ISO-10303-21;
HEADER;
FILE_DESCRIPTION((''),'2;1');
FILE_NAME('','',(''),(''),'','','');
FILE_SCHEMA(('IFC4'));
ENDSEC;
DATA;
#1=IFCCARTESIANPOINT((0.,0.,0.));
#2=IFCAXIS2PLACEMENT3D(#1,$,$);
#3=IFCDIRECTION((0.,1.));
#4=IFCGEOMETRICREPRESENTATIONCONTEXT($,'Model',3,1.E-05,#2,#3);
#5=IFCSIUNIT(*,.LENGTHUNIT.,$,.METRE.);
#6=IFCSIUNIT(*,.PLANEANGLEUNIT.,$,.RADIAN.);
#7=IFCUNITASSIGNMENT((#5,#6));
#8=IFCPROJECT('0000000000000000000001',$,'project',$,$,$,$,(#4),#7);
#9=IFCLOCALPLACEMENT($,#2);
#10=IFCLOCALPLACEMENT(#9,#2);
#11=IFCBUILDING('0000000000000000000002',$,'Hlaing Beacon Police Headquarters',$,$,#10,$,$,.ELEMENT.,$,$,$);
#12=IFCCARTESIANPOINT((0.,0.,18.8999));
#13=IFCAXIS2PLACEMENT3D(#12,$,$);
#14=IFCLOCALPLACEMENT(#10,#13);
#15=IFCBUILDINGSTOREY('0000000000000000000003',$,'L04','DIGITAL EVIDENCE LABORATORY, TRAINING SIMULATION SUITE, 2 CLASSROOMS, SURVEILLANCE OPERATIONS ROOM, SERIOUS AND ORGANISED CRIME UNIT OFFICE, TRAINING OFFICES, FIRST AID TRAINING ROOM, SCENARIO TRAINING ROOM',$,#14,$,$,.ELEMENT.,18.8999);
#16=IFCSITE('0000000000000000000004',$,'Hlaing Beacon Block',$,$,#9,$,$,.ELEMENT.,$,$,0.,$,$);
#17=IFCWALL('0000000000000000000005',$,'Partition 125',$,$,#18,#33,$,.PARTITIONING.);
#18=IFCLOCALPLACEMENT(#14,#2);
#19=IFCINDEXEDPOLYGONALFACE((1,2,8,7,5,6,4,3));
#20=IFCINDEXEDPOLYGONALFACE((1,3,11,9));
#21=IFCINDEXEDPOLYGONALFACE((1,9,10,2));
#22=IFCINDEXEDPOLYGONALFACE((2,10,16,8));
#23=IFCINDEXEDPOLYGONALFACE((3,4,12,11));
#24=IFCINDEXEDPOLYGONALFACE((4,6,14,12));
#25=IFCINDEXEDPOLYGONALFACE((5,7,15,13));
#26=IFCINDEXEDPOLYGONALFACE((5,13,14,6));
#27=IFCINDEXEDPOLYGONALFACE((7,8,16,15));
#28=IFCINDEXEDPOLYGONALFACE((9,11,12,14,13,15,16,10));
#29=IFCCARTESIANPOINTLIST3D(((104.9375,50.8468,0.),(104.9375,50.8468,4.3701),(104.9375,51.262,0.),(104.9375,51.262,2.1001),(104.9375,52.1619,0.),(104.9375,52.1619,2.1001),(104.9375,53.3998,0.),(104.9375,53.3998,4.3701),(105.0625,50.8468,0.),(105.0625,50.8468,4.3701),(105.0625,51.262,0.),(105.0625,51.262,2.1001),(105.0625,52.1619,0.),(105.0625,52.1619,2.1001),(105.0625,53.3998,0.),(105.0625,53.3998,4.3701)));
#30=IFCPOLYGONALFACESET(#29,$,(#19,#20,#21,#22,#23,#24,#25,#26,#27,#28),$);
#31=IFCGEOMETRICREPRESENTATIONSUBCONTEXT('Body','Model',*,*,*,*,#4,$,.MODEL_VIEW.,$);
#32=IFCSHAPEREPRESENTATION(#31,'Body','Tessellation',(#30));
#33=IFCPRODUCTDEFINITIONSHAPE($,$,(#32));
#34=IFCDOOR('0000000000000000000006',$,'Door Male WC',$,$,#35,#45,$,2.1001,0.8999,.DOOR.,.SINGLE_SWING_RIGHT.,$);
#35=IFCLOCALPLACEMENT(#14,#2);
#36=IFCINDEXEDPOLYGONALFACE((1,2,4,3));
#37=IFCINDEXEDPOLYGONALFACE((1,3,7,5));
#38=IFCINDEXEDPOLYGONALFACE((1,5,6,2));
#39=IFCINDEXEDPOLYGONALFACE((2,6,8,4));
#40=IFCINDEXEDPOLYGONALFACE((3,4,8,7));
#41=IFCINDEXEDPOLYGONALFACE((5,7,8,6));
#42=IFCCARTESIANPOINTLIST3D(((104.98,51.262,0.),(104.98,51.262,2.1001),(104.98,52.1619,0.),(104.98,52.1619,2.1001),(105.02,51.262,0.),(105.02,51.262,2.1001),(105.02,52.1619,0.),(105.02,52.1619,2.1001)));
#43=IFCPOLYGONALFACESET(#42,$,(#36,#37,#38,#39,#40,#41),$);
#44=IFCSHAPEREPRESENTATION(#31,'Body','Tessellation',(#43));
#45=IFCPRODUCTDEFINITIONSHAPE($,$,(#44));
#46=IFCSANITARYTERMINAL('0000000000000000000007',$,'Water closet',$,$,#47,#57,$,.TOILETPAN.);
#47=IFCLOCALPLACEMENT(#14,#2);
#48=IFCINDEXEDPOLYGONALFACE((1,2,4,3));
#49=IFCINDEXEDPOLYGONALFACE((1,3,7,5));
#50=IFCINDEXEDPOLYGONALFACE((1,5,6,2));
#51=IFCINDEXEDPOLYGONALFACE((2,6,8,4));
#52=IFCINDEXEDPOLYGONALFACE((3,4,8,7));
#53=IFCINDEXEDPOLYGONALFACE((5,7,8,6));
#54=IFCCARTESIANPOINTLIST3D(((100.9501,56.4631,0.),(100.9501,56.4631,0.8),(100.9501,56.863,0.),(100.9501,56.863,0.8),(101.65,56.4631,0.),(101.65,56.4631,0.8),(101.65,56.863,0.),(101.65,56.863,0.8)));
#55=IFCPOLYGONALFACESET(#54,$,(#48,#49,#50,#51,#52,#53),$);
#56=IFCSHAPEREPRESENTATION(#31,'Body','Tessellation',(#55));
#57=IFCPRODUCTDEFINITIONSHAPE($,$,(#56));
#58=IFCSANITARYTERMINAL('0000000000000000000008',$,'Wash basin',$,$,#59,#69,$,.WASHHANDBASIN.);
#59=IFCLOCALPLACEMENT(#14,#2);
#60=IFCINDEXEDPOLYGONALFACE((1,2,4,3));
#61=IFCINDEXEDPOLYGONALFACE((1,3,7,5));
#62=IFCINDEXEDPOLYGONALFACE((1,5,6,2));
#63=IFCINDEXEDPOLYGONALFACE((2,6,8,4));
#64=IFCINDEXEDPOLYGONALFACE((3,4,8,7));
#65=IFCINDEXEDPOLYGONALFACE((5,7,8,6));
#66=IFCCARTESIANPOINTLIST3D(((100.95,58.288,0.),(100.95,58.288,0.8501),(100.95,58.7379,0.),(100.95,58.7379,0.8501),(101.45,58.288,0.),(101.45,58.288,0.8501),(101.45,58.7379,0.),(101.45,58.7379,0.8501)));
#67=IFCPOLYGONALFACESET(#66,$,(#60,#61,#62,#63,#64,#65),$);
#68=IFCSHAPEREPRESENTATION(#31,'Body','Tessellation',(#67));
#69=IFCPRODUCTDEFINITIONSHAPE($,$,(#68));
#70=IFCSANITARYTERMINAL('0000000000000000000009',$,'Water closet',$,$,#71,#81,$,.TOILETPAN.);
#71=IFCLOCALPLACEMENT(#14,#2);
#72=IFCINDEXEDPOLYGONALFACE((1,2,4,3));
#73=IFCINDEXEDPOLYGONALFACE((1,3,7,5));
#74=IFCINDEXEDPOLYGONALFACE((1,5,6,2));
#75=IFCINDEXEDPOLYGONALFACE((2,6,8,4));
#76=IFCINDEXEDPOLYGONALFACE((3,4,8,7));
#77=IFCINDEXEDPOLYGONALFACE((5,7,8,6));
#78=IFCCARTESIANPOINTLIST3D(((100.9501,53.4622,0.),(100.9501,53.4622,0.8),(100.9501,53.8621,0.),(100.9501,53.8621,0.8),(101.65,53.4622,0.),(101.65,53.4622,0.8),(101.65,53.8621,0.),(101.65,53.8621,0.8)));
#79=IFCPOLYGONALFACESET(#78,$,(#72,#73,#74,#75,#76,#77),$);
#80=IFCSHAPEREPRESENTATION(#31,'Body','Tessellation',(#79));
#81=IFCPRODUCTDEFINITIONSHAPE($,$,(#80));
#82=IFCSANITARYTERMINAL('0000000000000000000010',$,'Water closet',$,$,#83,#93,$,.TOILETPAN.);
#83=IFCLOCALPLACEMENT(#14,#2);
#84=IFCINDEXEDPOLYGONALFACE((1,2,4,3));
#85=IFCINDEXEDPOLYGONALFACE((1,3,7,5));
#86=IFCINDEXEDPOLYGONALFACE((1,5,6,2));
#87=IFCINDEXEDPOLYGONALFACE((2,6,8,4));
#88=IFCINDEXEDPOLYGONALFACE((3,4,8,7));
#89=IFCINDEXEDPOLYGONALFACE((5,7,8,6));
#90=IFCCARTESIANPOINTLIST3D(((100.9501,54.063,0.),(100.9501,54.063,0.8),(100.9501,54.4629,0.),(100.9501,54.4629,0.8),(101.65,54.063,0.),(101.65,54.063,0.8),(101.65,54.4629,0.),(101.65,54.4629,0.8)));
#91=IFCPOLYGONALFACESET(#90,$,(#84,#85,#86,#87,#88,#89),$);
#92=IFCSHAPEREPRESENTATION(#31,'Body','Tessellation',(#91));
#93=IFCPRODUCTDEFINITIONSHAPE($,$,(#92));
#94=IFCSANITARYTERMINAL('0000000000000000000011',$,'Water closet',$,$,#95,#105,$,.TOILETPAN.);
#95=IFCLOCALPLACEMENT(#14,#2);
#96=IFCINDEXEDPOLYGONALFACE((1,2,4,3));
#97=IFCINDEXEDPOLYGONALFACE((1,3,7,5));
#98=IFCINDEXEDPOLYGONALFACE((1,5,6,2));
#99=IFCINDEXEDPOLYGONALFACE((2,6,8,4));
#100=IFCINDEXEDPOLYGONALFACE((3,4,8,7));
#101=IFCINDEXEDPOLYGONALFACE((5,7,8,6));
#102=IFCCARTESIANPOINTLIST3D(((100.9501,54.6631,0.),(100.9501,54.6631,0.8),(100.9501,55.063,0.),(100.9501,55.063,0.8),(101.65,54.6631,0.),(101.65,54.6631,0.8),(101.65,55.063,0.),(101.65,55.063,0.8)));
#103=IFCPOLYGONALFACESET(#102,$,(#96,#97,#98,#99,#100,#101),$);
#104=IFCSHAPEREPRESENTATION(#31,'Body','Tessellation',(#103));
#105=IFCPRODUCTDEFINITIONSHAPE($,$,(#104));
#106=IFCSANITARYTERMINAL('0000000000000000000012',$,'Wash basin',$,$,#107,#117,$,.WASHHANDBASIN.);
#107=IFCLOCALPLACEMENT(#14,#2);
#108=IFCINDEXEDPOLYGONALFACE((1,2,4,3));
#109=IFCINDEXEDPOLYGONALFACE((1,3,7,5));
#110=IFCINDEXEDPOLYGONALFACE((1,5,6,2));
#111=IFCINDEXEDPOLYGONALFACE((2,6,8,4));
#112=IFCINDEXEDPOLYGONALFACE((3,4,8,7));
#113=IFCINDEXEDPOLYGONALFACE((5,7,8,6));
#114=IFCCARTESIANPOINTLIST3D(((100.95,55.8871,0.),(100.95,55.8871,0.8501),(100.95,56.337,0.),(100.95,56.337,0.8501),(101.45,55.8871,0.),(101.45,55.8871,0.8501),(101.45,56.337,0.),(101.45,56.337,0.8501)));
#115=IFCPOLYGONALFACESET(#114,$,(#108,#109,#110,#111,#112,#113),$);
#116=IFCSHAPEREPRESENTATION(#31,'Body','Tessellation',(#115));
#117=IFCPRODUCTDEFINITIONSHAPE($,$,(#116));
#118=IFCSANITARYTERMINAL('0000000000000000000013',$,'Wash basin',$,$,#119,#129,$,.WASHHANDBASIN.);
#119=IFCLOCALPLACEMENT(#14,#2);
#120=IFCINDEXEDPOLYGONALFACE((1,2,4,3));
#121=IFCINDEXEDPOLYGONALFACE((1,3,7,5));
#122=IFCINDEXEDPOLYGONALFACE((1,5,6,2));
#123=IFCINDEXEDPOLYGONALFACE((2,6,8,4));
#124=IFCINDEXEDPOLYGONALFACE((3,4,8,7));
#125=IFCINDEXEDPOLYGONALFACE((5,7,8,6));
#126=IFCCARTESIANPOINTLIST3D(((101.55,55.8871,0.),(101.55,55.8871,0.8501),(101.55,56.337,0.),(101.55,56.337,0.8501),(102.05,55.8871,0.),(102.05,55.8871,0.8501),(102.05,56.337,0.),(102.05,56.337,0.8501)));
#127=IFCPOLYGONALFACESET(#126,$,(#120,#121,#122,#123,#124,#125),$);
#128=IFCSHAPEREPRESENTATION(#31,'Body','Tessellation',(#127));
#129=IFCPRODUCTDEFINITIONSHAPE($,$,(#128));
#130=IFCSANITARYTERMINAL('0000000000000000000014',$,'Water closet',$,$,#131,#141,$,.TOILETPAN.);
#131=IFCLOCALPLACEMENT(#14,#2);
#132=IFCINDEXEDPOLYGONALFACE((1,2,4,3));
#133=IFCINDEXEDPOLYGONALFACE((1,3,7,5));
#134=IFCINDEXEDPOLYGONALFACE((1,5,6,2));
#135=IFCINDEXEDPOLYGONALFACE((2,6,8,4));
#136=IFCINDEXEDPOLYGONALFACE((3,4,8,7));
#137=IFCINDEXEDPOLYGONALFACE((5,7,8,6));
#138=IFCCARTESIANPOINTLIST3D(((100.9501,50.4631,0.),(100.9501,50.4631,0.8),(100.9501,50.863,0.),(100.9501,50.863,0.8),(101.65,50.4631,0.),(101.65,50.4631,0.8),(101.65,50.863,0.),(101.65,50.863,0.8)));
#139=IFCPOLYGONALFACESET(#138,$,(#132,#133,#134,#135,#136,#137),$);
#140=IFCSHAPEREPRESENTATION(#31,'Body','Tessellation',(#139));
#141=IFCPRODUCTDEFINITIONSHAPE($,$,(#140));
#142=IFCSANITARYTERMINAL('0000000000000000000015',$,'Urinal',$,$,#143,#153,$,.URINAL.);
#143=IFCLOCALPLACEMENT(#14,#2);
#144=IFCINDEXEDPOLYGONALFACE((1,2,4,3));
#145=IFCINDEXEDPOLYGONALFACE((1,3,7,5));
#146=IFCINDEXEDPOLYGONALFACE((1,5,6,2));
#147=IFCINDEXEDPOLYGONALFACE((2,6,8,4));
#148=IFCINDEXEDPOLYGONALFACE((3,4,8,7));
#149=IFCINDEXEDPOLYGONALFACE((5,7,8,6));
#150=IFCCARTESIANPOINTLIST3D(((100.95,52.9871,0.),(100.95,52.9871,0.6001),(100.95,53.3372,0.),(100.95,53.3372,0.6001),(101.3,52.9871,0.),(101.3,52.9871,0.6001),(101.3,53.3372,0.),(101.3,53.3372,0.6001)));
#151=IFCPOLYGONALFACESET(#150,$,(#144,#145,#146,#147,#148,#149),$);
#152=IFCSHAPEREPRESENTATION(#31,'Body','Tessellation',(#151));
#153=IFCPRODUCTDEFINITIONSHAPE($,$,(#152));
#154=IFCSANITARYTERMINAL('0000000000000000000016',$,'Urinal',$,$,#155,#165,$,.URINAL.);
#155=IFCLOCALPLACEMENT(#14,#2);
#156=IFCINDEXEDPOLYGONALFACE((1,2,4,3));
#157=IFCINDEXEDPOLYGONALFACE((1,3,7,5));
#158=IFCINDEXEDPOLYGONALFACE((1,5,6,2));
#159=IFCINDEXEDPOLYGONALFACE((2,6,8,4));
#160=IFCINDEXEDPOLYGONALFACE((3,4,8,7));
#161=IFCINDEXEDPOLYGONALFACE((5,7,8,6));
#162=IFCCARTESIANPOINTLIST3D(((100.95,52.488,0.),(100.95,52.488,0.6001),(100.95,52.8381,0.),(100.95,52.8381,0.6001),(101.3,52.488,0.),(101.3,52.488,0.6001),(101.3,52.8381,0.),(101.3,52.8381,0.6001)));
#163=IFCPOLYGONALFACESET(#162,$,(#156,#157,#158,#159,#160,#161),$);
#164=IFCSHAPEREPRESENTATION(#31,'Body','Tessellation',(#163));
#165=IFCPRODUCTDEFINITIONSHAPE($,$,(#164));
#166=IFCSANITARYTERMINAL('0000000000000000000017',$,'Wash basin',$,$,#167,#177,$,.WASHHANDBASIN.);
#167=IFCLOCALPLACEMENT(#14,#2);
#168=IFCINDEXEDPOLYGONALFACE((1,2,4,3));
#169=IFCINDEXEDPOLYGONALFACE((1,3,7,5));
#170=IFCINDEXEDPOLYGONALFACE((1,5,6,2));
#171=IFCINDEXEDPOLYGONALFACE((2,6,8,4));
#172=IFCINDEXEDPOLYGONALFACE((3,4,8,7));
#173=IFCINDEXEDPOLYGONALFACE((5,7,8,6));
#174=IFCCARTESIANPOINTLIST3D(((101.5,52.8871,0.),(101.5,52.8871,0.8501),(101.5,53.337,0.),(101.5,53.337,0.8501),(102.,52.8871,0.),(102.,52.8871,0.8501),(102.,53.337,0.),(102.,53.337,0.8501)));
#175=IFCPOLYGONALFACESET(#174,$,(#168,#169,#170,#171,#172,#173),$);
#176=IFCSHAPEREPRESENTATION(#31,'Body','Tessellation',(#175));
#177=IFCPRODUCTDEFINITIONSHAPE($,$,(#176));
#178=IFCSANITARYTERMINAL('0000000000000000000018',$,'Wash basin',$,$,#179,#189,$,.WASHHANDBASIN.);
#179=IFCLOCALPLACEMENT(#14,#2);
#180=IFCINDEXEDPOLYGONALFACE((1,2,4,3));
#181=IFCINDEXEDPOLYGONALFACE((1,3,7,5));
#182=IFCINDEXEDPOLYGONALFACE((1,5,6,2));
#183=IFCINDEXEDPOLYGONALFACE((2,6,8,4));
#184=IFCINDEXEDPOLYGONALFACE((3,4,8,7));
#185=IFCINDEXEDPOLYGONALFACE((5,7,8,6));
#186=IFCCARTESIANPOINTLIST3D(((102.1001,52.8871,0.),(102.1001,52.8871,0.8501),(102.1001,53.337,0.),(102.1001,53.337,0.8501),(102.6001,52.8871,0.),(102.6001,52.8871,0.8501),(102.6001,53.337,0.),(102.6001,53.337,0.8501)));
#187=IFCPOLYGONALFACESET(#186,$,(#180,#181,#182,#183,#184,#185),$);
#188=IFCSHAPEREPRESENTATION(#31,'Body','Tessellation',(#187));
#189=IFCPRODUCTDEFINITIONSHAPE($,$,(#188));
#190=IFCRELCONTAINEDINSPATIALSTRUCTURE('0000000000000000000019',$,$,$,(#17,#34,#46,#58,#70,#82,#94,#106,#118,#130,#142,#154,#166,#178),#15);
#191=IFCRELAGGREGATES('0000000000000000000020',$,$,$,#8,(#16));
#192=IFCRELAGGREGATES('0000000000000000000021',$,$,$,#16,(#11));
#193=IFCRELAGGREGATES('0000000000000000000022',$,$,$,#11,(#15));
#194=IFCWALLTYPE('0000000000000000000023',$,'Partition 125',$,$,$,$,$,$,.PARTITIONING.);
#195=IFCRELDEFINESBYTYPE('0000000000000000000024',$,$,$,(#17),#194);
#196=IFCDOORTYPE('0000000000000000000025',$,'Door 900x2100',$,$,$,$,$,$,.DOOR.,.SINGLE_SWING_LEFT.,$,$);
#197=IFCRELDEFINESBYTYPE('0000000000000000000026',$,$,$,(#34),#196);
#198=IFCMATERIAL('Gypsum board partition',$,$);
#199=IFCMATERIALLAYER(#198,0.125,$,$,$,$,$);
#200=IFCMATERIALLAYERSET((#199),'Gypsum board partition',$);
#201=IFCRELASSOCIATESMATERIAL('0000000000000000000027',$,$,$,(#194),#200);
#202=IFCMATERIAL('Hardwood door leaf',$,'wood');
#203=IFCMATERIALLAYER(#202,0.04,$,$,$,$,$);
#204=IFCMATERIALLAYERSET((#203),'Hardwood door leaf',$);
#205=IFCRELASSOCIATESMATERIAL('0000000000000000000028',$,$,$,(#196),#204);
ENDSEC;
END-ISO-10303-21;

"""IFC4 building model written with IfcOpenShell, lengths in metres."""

from ifc_helpers import new_model, si_unit, direction, frame, frame_2d, origin, origin_2d, place, context, subcontext, project, spatial, rectangle, extrude, material, layer, layer_set, type_object, element, fill, save


model = new_model("IFC4")

# Units and contexts
model_context = context("Model", 3, precision=1e-05, world=origin(), true_north=direction((0.0, 1.0)))
body_context = subcontext(model_context, "Body", "Model", "MODEL_VIEW")
ifc_project = project(units=[si_unit("LENGTHUNIT", "METRE"), si_unit("PLANEANGLEUNIT", "RADIAN")], contexts=[model_context])

# Site, building, storey
site_placement = place(None, origin())
site = spatial("IfcSite", under=ifc_project, at=site_placement, Name="Hlaing Beacon Block", CompositionType="ELEMENT", RefElevation=0.0)
building_placement = place(site_placement, origin())
building = spatial("IfcBuilding", under=site, at=building_placement, Name="Hlaing Beacon Police Headquarters", CompositionType="ELEMENT")
storey_placement = place(building_placement, frame((0.0, 0.0, 18.8999)))
storey = spatial("IfcBuildingStorey", under=building, at=storey_placement, Name="L04", Description="DIGITAL EVIDENCE LABORATORY, TRAINING SIMULATION SUITE, 2 CLASSROOMS, SURVEILLANCE OPERATIONS ROOM, SERIOUS AND ORGANISED CRIME UNIT OFFICE, TRAINING OFFICES, FIRST AID TRAINING ROOM, SCENARIO TRAINING ROOM", CompositionType="ELEMENT", Elevation=18.8999)

# Shared definitions
ifc_material_1 = material(Name="Gypsum board partition")
ifc_layer_1 = layer(ifc_material_1, 0.125)
ifc_layer_set_1 = layer_set([ifc_layer_1], Name="Gypsum board partition")
wall_type = type_object("IfcWallType", Name="Partition 125", PredefinedType="PARTITIONING", material=ifc_layer_set_1)

# Shared definitions
ifc_material_2 = material(Name="Hardwood door leaf", Category="wood")
ifc_layer_2 = layer(ifc_material_2, 0.04)
ifc_layer_set_2 = layer_set([ifc_layer_2], Name="Hardwood door leaf")
door_type_1 = type_object("IfcDoorType", Name="Door 900x2100", OperationType="SINGLE_SWING_LEFT", PredefinedType="DOOR", material=ifc_layer_set_2)

# Wall, opening, door
wall_1_placement = place(storey_placement, frame((105.0, 50.8469, 0.0), z_axis=(0.0, 0.0, 1.0), x_axis=(0.0, 1.0, 0.0)))
wall_1 = element("IfcWall", 1, at=wall_1_placement, inside=storey, type_object=wall_type, Name="Partition 125", PredefinedType="PARTITIONING", context=body_context, shape_type="SweptSolid", body=[
    extrude(rectangle(XDim=2.553, YDim=0.125, at=frame_2d((1.2764, 0.0))), origin(), (0.0, 0.0, 1.0), 4.3701),
])
opening_1_placement = place(wall_1_placement, frame((0.415, 0.0, 0.0)))
opening_1 = element("IfcOpeningElement", 2, at=opening_1_placement, cuts=wall_1, PredefinedType="OPENING", context=body_context, shape_type="SweptSolid", body=[
    extrude(rectangle(XDim=0.8999, YDim=2.1001, at=frame_2d((0.45, 1.05))), frame((0.0, 0.0725, 0.0), z_axis=(0.0, -1.0, 0.0), x_axis=(1.0, 0.0, 0.0)), (0.0, 0.0, 1.0), 0.145),
])
door_1_placement = place(opening_1_placement, origin())
door_1 = element("IfcDoor", 3, at=door_1_placement, inside=storey, type_object=door_type_1, Name="Door Male WC", OperationType="SINGLE_SWING_RIGHT", OverallHeight=2.1001, OverallWidth=0.8999, PredefinedType="DOOR", context=body_context, shape_type="SweptSolid", body=[
    extrude(rectangle(XDim=0.8999, YDim=2.1001, at=frame_2d((0.45, 1.05))), frame((0.0, 0.02, 0.0), z_axis=(0.0, -1.0, 0.0), x_axis=(1.0, 0.0, 0.0)), (0.0, 0.0, 1.0), 0.04),
])
fill(opening_1, door_1)

# Sanitary terminals
sanitary_terminal_1_placement = place(storey_placement, frame((101.3, 56.6631, 0.0), z_axis=(0.0, 0.0, 1.0), x_axis=(1.0, 0.0, 0.0)))
element("IfcSanitaryTerminal", 4, at=sanitary_terminal_1_placement, inside=storey, Name="Water closet", PredefinedType="TOILETPAN", context=body_context, shape_type="SweptSolid", body=[
    extrude(rectangle(XDim=0.7, YDim=0.3999, at=origin_2d()), origin(), (0.0, 0.0, 1.0), 0.8),
])
sanitary_terminal_2_placement = place(storey_placement, frame((101.2, 58.5129, 0.0), z_axis=(0.0, 0.0, 1.0), x_axis=(1.0, 0.0, 0.0)))
element("IfcSanitaryTerminal", 5, at=sanitary_terminal_2_placement, inside=storey, Name="Wash basin", PredefinedType="WASHHANDBASIN", context=body_context, shape_type="SweptSolid", body=[
    extrude(rectangle(XDim=0.5, YDim=0.45, at=origin_2d()), origin(), (0.0, 0.0, 1.0), 0.8501),
])
for number, where, z_axis, x_axis, name in (
    (6, (101.3, 53.6621, 0.0), (0.0, 0.0, 1.0), (1.0, 0.0, 0.0), "Water closet"),
    (7, (101.3, 54.2629, 0.0), (0.0, 0.0, 1.0), (1.0, 0.0, 0.0), "Water closet"),
    (8, (101.3, 54.863, 0.0), (0.0, 0.0, 1.0), (1.0, 0.0, 0.0), "Water closet"),
):
    element("IfcSanitaryTerminal", number, at=place(storey_placement, frame(where, z_axis=z_axis, x_axis=x_axis)), inside=storey, Name=name, PredefinedType="TOILETPAN", context=body_context, shape_type="SweptSolid", body=[
        extrude(rectangle(XDim=0.7, YDim=0.3999, at=origin_2d()), origin(), (0.0, 0.0, 1.0), 0.8),
    ])
for number, where, z_axis, x_axis, name in (
    (9, (101.2, 56.1121, 0.0), (0.0, 0.0, 1.0), (1.0, 0.0, 0.0), "Wash basin"),
    (10, (101.8, 56.1121, 0.0), (0.0, 0.0, 1.0), (1.0, 0.0, 0.0), "Wash basin"),
):
    element("IfcSanitaryTerminal", number, at=place(storey_placement, frame(where, z_axis=z_axis, x_axis=x_axis)), inside=storey, Name=name, PredefinedType="WASHHANDBASIN", context=body_context, shape_type="SweptSolid", body=[
        extrude(rectangle(XDim=0.5, YDim=0.45, at=origin_2d()), origin(), (0.0, 0.0, 1.0), 0.8501),
    ])
sanitary_terminal_3_placement = place(storey_placement, frame((101.3, 50.6631, 0.0), z_axis=(0.0, 0.0, 1.0), x_axis=(1.0, 0.0, 0.0)))
element("IfcSanitaryTerminal", 11, at=sanitary_terminal_3_placement, inside=storey, Name="Water closet", PredefinedType="TOILETPAN", context=body_context, shape_type="SweptSolid", body=[
    extrude(rectangle(XDim=0.7, YDim=0.3999, at=origin_2d()), origin(), (0.0, 0.0, 1.0), 0.8),
])
for number, where, z_axis, x_axis, name in (
    (12, (101.125, 53.1621, 0.0), (0.0, 0.0, 1.0), (1.0, 0.0, 0.0), "Urinal"),
    (13, (101.125, 52.6631, 0.0), (0.0, 0.0, 1.0), (1.0, 0.0, 0.0), "Urinal"),
):
    element("IfcSanitaryTerminal", number, at=place(storey_placement, frame(where, z_axis=z_axis, x_axis=x_axis)), inside=storey, Name=name, PredefinedType="URINAL", context=body_context, shape_type="SweptSolid", body=[
        extrude(rectangle(XDim=0.3501, YDim=0.3501, at=origin_2d()), origin(), (0.0, 0.0, 1.0), 0.6001),
    ])
for number, where, z_axis, x_axis, name in (
    (14, (101.75, 53.1121, 0.0), (0.0, 0.0, 1.0), (1.0, 0.0, 0.0), "Wash basin"),
    (15, (102.3501, 53.1121, 0.0), (0.0, 0.0, 1.0), (1.0, 0.0, 0.0), "Wash basin"),
):
    element("IfcSanitaryTerminal", number, at=place(storey_placement, frame(where, z_axis=z_axis, x_axis=x_axis)), inside=storey, Name=name, PredefinedType="WASHHANDBASIN", context=body_context, shape_type="SweptSolid", body=[
        extrude(rectangle(XDim=0.5, YDim=0.45, at=origin_2d()), origin(), (0.0, 0.0, 1.0), 0.8501),
    ])

save(model, "model.ifc")
